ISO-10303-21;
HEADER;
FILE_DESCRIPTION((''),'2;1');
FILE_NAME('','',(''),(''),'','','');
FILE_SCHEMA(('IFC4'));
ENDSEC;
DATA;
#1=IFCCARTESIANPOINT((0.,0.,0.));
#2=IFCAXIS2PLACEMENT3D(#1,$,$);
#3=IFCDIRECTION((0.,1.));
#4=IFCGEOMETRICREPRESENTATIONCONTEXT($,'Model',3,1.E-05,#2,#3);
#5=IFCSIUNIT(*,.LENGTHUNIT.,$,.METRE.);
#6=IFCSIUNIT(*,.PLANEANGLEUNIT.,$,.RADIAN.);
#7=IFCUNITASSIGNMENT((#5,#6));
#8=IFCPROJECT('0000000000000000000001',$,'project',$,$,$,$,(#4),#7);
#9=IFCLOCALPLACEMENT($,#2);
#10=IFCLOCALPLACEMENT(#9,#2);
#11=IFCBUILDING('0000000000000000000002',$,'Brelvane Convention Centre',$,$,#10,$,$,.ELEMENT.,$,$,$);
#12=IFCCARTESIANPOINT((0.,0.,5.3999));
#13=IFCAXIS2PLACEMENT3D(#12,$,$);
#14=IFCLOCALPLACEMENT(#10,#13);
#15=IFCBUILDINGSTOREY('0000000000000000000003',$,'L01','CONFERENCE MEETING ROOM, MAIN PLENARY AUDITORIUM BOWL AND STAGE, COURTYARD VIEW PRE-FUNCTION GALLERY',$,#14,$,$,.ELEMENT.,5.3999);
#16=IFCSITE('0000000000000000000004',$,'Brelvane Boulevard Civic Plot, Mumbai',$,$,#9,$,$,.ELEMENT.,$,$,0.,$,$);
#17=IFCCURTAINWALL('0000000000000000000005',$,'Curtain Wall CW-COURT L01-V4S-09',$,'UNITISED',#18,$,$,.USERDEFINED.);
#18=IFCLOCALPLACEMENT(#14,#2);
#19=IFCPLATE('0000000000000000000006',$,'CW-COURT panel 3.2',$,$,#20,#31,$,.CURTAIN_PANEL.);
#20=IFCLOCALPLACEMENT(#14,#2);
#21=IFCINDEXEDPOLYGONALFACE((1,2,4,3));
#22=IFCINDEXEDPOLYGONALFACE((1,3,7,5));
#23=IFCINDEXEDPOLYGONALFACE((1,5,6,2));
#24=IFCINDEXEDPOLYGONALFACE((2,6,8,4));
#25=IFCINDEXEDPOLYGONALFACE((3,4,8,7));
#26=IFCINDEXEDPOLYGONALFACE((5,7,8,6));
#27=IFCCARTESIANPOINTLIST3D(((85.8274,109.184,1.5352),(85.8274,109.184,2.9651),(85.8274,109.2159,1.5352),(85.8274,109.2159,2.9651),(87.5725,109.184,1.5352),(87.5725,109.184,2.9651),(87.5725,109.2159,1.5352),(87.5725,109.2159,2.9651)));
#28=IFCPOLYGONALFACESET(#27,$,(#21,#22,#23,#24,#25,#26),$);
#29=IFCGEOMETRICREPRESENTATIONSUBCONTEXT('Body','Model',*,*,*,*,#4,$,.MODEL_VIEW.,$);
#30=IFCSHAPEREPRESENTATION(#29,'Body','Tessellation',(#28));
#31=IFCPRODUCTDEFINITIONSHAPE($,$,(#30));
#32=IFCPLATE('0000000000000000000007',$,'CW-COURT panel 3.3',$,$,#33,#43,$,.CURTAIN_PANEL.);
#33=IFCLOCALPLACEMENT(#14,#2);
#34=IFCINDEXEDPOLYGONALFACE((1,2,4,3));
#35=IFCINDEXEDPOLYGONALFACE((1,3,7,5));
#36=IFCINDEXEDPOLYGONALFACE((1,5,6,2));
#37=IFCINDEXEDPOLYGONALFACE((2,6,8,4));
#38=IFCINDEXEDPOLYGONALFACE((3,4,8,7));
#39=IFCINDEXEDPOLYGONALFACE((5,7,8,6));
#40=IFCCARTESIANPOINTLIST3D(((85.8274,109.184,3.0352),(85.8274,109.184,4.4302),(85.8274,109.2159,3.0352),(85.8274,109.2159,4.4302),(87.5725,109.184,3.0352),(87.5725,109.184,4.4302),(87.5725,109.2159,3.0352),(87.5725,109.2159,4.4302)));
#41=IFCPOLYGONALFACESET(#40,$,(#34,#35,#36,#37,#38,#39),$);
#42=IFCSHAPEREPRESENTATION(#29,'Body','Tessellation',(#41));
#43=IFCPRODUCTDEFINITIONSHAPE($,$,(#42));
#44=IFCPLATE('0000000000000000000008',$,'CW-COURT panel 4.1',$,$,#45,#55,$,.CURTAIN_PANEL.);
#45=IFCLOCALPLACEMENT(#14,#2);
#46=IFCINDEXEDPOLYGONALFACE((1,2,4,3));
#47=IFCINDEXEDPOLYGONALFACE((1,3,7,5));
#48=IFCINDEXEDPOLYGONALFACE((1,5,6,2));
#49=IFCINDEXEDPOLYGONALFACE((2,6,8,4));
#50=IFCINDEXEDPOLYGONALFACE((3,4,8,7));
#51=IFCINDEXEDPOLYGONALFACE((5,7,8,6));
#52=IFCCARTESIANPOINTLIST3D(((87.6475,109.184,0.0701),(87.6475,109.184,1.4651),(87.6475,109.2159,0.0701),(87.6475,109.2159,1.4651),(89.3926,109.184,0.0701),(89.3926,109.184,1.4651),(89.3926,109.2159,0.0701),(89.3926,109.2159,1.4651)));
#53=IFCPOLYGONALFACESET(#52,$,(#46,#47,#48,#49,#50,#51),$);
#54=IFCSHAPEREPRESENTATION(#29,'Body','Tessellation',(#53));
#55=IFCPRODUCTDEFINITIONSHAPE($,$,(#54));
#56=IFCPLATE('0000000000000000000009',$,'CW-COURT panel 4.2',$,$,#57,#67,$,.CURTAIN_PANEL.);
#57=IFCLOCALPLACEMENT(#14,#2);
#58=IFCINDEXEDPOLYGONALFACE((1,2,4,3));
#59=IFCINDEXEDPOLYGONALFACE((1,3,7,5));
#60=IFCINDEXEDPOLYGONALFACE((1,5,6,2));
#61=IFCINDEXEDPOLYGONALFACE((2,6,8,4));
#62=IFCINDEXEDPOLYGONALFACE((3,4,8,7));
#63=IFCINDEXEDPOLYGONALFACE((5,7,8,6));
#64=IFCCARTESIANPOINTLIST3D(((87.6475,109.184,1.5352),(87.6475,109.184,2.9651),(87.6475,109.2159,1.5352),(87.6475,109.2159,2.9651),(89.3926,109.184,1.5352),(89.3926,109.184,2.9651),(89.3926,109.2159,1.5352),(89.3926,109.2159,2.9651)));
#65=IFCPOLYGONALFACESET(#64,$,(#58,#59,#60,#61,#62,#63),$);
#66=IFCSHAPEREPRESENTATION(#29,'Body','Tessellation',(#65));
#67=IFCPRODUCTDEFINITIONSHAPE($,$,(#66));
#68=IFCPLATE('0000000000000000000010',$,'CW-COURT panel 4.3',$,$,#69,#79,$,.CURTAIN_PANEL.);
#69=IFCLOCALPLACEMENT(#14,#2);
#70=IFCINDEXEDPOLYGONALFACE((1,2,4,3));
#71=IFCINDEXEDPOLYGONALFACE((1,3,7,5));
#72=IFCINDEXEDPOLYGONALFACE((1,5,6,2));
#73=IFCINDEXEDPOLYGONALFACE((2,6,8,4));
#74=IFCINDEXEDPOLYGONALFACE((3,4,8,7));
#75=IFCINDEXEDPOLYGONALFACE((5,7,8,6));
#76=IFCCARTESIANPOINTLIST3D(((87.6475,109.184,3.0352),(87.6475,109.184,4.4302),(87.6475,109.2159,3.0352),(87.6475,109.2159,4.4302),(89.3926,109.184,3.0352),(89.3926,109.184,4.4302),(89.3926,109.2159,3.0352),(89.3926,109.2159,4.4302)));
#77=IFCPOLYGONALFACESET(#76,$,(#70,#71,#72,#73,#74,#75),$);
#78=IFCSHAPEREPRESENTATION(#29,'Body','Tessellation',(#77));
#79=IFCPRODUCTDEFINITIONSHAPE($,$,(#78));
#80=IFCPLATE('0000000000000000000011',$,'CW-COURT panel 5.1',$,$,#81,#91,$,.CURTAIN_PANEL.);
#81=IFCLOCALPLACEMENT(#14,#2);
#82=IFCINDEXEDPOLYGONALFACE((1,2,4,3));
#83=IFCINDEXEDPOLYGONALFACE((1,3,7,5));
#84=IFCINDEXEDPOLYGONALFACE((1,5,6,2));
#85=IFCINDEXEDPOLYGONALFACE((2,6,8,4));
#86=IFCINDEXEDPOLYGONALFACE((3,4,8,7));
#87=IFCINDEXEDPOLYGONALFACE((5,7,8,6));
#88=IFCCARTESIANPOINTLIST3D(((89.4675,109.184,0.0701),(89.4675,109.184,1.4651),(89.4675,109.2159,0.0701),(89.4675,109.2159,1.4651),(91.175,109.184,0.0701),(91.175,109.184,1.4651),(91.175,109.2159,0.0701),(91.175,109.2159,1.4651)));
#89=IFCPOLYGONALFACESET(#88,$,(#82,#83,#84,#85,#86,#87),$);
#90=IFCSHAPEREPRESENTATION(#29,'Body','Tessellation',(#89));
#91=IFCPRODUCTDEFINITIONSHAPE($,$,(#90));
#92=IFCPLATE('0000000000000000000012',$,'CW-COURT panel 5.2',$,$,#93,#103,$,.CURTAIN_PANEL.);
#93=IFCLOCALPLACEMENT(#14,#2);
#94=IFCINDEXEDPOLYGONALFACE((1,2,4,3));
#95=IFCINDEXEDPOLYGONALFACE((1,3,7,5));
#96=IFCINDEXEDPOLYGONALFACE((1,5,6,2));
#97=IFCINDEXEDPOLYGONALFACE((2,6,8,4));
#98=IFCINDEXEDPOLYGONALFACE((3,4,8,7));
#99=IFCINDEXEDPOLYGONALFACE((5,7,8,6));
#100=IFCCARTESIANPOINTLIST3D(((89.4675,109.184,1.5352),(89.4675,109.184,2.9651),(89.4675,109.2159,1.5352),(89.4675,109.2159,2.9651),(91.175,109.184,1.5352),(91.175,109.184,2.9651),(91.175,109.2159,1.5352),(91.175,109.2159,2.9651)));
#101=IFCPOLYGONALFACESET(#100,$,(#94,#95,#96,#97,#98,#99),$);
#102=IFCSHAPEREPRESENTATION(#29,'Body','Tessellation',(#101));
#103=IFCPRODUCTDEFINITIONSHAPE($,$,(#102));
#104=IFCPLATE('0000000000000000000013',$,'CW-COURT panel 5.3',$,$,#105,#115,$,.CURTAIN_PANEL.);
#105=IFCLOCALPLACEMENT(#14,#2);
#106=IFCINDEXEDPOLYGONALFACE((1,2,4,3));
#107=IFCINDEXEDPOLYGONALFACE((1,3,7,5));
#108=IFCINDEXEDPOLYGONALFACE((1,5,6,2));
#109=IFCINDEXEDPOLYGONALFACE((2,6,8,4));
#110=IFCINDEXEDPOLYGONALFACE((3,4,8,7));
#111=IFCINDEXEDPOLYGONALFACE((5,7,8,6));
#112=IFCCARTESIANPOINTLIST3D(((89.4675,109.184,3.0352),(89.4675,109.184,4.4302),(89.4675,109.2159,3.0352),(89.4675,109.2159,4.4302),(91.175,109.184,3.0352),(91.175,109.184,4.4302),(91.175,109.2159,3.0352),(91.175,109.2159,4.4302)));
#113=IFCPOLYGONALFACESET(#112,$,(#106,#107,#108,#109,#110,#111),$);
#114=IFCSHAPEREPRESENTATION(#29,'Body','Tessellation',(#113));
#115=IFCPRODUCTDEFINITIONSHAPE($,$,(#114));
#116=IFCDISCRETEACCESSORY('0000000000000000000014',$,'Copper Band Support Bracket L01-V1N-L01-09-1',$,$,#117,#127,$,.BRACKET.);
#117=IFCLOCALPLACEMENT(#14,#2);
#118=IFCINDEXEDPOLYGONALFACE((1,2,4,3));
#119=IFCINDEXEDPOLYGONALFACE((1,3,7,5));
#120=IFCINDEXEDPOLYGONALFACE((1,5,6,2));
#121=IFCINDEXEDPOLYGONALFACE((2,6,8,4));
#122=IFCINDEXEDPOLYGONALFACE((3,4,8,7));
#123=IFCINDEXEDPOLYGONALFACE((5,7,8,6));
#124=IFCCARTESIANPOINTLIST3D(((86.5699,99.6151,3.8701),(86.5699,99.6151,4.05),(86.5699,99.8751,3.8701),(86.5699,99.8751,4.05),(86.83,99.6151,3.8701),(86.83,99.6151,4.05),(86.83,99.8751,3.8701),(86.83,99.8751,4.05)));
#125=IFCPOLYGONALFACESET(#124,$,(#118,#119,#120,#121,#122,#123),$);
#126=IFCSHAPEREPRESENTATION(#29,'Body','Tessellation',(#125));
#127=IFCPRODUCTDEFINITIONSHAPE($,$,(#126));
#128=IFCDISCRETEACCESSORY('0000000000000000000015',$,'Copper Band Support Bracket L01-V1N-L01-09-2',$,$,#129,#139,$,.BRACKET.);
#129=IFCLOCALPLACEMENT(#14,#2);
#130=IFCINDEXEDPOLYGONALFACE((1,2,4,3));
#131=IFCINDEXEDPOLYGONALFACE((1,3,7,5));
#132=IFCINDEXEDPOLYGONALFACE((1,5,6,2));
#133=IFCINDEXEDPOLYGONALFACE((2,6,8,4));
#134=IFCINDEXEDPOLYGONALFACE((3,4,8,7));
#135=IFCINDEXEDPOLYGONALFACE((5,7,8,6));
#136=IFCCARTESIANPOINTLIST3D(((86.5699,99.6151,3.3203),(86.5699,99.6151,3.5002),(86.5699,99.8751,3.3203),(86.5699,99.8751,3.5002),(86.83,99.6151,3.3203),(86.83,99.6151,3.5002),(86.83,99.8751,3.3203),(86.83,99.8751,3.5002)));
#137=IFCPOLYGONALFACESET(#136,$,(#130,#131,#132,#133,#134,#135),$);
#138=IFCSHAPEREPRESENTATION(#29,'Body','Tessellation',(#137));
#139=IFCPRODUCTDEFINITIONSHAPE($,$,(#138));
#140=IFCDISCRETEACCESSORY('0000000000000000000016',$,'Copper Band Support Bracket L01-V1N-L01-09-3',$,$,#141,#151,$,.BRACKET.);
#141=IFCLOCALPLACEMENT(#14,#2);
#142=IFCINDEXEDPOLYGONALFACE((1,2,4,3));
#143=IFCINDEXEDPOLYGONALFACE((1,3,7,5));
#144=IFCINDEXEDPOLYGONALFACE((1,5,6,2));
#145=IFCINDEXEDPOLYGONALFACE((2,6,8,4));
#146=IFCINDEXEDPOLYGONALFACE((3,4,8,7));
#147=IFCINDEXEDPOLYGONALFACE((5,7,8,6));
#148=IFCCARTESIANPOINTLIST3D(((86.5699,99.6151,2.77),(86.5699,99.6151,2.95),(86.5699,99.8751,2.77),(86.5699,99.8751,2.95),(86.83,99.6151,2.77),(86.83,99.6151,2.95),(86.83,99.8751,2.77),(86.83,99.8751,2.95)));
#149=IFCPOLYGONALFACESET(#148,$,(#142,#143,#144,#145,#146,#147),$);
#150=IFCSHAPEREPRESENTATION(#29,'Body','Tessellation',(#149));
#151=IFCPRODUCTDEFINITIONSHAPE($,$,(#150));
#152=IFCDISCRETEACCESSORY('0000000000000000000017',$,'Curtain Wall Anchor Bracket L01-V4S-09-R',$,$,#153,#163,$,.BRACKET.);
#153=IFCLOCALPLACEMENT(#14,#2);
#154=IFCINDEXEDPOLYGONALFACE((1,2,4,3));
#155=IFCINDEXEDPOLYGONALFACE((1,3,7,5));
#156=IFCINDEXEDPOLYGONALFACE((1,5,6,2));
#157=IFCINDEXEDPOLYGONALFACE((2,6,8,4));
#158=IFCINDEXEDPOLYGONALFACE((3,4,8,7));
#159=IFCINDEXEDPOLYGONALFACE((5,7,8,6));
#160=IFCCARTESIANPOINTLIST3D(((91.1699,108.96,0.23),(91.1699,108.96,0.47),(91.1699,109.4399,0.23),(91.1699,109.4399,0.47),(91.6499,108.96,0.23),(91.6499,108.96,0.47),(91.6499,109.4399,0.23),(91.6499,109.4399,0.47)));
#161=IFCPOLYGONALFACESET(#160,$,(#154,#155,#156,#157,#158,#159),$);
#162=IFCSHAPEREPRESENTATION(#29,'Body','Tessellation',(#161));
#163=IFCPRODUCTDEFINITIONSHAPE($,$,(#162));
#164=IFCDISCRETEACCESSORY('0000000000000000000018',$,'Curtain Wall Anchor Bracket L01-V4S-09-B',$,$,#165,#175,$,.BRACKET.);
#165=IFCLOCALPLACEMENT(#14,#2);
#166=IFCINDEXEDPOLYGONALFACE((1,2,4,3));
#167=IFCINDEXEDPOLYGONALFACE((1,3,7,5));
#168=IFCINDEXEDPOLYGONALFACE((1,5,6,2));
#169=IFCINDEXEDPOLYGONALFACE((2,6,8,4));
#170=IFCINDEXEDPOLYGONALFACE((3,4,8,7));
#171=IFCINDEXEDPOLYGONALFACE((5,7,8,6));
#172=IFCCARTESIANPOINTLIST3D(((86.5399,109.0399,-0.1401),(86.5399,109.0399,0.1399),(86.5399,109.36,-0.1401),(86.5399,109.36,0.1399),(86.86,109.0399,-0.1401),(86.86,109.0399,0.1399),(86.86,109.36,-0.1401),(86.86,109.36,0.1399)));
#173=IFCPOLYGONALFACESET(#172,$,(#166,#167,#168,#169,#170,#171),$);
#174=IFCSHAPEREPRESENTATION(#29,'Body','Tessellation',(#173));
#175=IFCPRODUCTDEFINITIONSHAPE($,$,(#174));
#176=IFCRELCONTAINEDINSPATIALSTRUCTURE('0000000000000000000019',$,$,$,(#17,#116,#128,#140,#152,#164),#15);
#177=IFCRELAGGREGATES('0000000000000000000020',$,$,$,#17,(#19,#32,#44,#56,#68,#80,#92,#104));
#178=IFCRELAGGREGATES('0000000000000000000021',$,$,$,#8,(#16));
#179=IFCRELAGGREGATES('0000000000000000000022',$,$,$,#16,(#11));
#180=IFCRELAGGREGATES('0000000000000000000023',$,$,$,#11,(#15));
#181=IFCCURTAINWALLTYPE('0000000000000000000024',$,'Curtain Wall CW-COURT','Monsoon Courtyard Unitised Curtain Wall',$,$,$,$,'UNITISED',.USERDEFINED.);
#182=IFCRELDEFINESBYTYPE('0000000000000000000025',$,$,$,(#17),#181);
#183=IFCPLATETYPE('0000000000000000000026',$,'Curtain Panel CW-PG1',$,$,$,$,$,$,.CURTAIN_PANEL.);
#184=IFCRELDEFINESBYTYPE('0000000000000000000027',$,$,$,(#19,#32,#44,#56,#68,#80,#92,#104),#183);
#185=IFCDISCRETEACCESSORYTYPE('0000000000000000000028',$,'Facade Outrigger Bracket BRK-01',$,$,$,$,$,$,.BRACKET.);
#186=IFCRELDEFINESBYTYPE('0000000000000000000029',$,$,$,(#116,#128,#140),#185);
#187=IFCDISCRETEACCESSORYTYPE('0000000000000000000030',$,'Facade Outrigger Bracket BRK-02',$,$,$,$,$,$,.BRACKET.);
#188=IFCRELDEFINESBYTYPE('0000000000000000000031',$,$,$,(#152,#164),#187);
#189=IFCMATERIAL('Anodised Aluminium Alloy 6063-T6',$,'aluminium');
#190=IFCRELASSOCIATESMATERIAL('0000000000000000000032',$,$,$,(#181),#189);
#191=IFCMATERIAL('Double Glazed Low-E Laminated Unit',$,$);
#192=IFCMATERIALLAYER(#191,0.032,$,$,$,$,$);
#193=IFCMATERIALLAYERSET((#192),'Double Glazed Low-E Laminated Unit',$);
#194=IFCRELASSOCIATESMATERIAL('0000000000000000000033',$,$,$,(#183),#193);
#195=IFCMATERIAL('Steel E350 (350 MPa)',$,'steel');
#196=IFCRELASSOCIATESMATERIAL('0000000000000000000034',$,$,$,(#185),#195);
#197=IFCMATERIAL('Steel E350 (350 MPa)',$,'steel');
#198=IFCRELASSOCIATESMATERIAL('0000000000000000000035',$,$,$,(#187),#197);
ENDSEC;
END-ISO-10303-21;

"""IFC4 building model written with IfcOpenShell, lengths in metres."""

from ifc_helpers import new_model, si_unit, direction, frame, origin, origin_2d, place, context, subcontext, project, spatial, rectangle, extrude, material, layer, layer_set, type_object, element, aggregate, save


model = new_model("IFC4")

# Units and contexts
model_context = context("Model", 3, precision=1e-05, world=origin(), true_north=direction((0.0, 1.0)))
body_context = subcontext(model_context, "Body", "Model", "MODEL_VIEW")
ifc_project = project(units=[si_unit("LENGTHUNIT", "METRE"), si_unit("PLANEANGLEUNIT", "RADIAN")], contexts=[model_context])

# Site, building, storey
site_placement = place(None, origin())
site = spatial("IfcSite", under=ifc_project, at=site_placement, Name="Brelvane Boulevard Civic Plot, Mumbai", CompositionType="ELEMENT", RefElevation=0.0)
building_placement = place(site_placement, origin())
building = spatial("IfcBuilding", under=site, at=building_placement, Name="Brelvane Convention Centre", CompositionType="ELEMENT")
storey_placement = place(building_placement, frame((0.0, 0.0, 5.3999)))
storey = spatial("IfcBuildingStorey", under=building, at=storey_placement, Name="L01", Description="CONFERENCE MEETING ROOM, MAIN PLENARY AUDITORIUM BOWL AND STAGE, COURTYARD VIEW PRE-FUNCTION GALLERY", CompositionType="ELEMENT", Elevation=5.3999)

# Curtain wall
ifc_material_1 = material(Name="Anodised Aluminium Alloy 6063-T6", Category="aluminium")
curtain_wall_type = type_object("IfcCurtainWallType", Name="Curtain Wall CW-COURT", Description="Monsoon Courtyard Unitised Curtain Wall", ElementType="UNITISED", PredefinedType="USERDEFINED", material=ifc_material_1)
curtain_wall_placement = place(storey_placement, origin())
curtain_wall = element("IfcCurtainWall", 1, at=curtain_wall_placement, inside=storey, type_object=curtain_wall_type, Name="Curtain Wall CW-COURT L01-V4S-09", ObjectType="UNITISED", PredefinedType="USERDEFINED")

# Plates
ifc_material_2 = material(Name="Double Glazed Low-E Laminated Unit")
ifc_layer = layer(ifc_material_2, 0.032)
ifc_layer_set = layer_set([ifc_layer], Name="Double Glazed Low-E Laminated Unit")
plate_type = type_object("IfcPlateType", Name="Curtain Panel CW-PG1", PredefinedType="CURTAIN_PANEL", material=ifc_layer_set)
plate_1_placement = place(storey_placement, frame((86.7, 109.2, 1.5352), z_axis=(0.0, 0.0, 1.0), x_axis=(1.0, 0.0, 0.0)))
plate_1 = element("IfcPlate", 2, at=plate_1_placement, type_object=plate_type, Name="CW-COURT panel 3.2", PredefinedType="CURTAIN_PANEL", context=body_context, shape_type="SweptSolid", body=[
    extrude(rectangle(XDim=1.7451, YDim=0.032, at=origin_2d()), origin(), (0.0, 0.0, 1.0), 1.4299),
])
plate_2_placement = place(storey_placement, frame((86.7, 109.2, 3.0352), z_axis=(0.0, 0.0, 1.0), x_axis=(1.0, 0.0, 0.0)))
plate_2 = element("IfcPlate", 3, at=plate_2_placement, type_object=plate_type, Name="CW-COURT panel 3.3", PredefinedType="CURTAIN_PANEL", context=body_context, shape_type="SweptSolid", body=[
    extrude(rectangle(XDim=1.7451, YDim=0.032, at=origin_2d()), origin(), (0.0, 0.0, 1.0), 1.395),
])
plate_3_placement = place(storey_placement, frame((88.52, 109.2, 0.0701), z_axis=(0.0, 0.0, 1.0), x_axis=(1.0, 0.0, 0.0)))
plate_3 = element("IfcPlate", 4, at=plate_3_placement, type_object=plate_type, Name="CW-COURT panel 4.1", PredefinedType="CURTAIN_PANEL", context=body_context, shape_type="SweptSolid", body=[
    extrude(rectangle(XDim=1.7451, YDim=0.032, at=origin_2d()), origin(), (0.0, 0.0, 1.0), 1.395),
])
plate_4_placement = place(storey_placement, frame((88.52, 109.2, 1.5352), z_axis=(0.0, 0.0, 1.0), x_axis=(1.0, 0.0, 0.0)))
plate_4 = element("IfcPlate", 5, at=plate_4_placement, type_object=plate_type, Name="CW-COURT panel 4.2", PredefinedType="CURTAIN_PANEL", context=body_context, shape_type="SweptSolid", body=[
    extrude(rectangle(XDim=1.7451, YDim=0.032, at=origin_2d()), origin(), (0.0, 0.0, 1.0), 1.4299),
])
plate_5_placement = place(storey_placement, frame((88.52, 109.2, 3.0352), z_axis=(0.0, 0.0, 1.0), x_axis=(1.0, 0.0, 0.0)))
plate_5 = element("IfcPlate", 6, at=plate_5_placement, type_object=plate_type, Name="CW-COURT panel 4.3", PredefinedType="CURTAIN_PANEL", context=body_context, shape_type="SweptSolid", body=[
    extrude(rectangle(XDim=1.7451, YDim=0.032, at=origin_2d()), origin(), (0.0, 0.0, 1.0), 1.395),
])
plate_6_placement = place(storey_placement, frame((90.3213, 109.2, 0.0701), z_axis=(0.0, 0.0, 1.0), x_axis=(1.0, 0.0, 0.0)))
plate_6 = element("IfcPlate", 7, at=plate_6_placement, type_object=plate_type, Name="CW-COURT panel 5.1", PredefinedType="CURTAIN_PANEL", context=body_context, shape_type="SweptSolid", body=[
    extrude(rectangle(XDim=1.7075, YDim=0.032, at=origin_2d()), origin(), (0.0, 0.0, 1.0), 1.395),
])
plate_7_placement = place(storey_placement, frame((90.3213, 109.2, 1.5352), z_axis=(0.0, 0.0, 1.0), x_axis=(1.0, 0.0, 0.0)))
plate_7 = element("IfcPlate", 8, at=plate_7_placement, type_object=plate_type, Name="CW-COURT panel 5.2", PredefinedType="CURTAIN_PANEL", context=body_context, shape_type="SweptSolid", body=[
    extrude(rectangle(XDim=1.7075, YDim=0.032, at=origin_2d()), origin(), (0.0, 0.0, 1.0), 1.4299),
])
plate_8_placement = place(storey_placement, frame((90.3213, 109.2, 3.0352), z_axis=(0.0, 0.0, 1.0), x_axis=(1.0, 0.0, 0.0)))
plate_8 = element("IfcPlate", 9, at=plate_8_placement, type_object=plate_type, Name="CW-COURT panel 5.3", PredefinedType="CURTAIN_PANEL", context=body_context, shape_type="SweptSolid", body=[
    extrude(rectangle(XDim=1.7075, YDim=0.032, at=origin_2d()), origin(), (0.0, 0.0, 1.0), 1.395),
])
aggregate(curtain_wall, [plate_1, plate_2, plate_3, plate_4, plate_5, plate_6, plate_7, plate_8])

# Discrete accessories
ifc_material_3 = material(Name="Steel E350 (350 MPa)", Category="steel")
discrete_accessory_type_1 = type_object("IfcDiscreteAccessoryType", Name="Facade Outrigger Bracket BRK-01", PredefinedType="BRACKET", material=ifc_material_3)
for number, where, z_axis, x_axis, name in (
    (10, (86.7, 99.7451, 3.8701), (0.0, 0.0, 1.0), (1.0, 0.0, 0.0), "Copper Band Support Bracket L01-V1N-L01-09-1"),
    (11, (86.7, 99.7451, 3.3203), (0.0, 0.0, 1.0), (1.0, 0.0, 0.0), "Copper Band Support Bracket L01-V1N-L01-09-2"),
    (12, (86.7, 99.7451, 2.77), (0.0, 0.0, 1.0), (1.0, 0.0, 0.0), "Copper Band Support Bracket L01-V1N-L01-09-3"),
):
    element("IfcDiscreteAccessory", number, at=place(storey_placement, frame(where, z_axis=z_axis, x_axis=x_axis)), inside=storey, type_object=discrete_accessory_type_1, Name=name, PredefinedType="BRACKET", context=body_context, shape_type="SweptSolid", body=[
        extrude(rectangle(XDim=0.26, YDim=0.26, at=origin_2d()), origin(), (0.0, 0.0, 1.0), 0.1799),
    ])
ifc_material_4 = material(Name="Steel E350 (350 MPa)", Category="steel")
discrete_accessory_type_2 = type_object("IfcDiscreteAccessoryType", Name="Facade Outrigger Bracket BRK-02", PredefinedType="BRACKET", material=ifc_material_4)
discrete_accessory_1_placement = place(storey_placement, frame((91.4099, 109.2, 0.23), z_axis=(0.0, 0.0, 1.0), x_axis=(1.0, 0.0, 0.0)))
element("IfcDiscreteAccessory", 13, at=discrete_accessory_1_placement, inside=storey, type_object=discrete_accessory_type_2, Name="Curtain Wall Anchor Bracket L01-V4S-09-R", PredefinedType="BRACKET", context=body_context, shape_type="SweptSolid", body=[
    extrude(rectangle(XDim=0.48, YDim=0.48, at=origin_2d()), origin(), (0.0, 0.0, 1.0), 0.24),
])
discrete_accessory_2_placement = place(storey_placement, frame((86.7, 109.2, -0.1401), z_axis=(0.0, 0.0, 1.0), x_axis=(1.0, 0.0, 0.0)))
element("IfcDiscreteAccessory", 14, at=discrete_accessory_2_placement, inside=storey, type_object=discrete_accessory_type_2, Name="Curtain Wall Anchor Bracket L01-V4S-09-B", PredefinedType="BRACKET", context=body_context, shape_type="SweptSolid", body=[
    extrude(rectangle(XDim=0.3201, YDim=0.3201, at=origin_2d()), origin(), (0.0, 0.0, 1.0), 0.28),
])

save(model, "model.ifc")
